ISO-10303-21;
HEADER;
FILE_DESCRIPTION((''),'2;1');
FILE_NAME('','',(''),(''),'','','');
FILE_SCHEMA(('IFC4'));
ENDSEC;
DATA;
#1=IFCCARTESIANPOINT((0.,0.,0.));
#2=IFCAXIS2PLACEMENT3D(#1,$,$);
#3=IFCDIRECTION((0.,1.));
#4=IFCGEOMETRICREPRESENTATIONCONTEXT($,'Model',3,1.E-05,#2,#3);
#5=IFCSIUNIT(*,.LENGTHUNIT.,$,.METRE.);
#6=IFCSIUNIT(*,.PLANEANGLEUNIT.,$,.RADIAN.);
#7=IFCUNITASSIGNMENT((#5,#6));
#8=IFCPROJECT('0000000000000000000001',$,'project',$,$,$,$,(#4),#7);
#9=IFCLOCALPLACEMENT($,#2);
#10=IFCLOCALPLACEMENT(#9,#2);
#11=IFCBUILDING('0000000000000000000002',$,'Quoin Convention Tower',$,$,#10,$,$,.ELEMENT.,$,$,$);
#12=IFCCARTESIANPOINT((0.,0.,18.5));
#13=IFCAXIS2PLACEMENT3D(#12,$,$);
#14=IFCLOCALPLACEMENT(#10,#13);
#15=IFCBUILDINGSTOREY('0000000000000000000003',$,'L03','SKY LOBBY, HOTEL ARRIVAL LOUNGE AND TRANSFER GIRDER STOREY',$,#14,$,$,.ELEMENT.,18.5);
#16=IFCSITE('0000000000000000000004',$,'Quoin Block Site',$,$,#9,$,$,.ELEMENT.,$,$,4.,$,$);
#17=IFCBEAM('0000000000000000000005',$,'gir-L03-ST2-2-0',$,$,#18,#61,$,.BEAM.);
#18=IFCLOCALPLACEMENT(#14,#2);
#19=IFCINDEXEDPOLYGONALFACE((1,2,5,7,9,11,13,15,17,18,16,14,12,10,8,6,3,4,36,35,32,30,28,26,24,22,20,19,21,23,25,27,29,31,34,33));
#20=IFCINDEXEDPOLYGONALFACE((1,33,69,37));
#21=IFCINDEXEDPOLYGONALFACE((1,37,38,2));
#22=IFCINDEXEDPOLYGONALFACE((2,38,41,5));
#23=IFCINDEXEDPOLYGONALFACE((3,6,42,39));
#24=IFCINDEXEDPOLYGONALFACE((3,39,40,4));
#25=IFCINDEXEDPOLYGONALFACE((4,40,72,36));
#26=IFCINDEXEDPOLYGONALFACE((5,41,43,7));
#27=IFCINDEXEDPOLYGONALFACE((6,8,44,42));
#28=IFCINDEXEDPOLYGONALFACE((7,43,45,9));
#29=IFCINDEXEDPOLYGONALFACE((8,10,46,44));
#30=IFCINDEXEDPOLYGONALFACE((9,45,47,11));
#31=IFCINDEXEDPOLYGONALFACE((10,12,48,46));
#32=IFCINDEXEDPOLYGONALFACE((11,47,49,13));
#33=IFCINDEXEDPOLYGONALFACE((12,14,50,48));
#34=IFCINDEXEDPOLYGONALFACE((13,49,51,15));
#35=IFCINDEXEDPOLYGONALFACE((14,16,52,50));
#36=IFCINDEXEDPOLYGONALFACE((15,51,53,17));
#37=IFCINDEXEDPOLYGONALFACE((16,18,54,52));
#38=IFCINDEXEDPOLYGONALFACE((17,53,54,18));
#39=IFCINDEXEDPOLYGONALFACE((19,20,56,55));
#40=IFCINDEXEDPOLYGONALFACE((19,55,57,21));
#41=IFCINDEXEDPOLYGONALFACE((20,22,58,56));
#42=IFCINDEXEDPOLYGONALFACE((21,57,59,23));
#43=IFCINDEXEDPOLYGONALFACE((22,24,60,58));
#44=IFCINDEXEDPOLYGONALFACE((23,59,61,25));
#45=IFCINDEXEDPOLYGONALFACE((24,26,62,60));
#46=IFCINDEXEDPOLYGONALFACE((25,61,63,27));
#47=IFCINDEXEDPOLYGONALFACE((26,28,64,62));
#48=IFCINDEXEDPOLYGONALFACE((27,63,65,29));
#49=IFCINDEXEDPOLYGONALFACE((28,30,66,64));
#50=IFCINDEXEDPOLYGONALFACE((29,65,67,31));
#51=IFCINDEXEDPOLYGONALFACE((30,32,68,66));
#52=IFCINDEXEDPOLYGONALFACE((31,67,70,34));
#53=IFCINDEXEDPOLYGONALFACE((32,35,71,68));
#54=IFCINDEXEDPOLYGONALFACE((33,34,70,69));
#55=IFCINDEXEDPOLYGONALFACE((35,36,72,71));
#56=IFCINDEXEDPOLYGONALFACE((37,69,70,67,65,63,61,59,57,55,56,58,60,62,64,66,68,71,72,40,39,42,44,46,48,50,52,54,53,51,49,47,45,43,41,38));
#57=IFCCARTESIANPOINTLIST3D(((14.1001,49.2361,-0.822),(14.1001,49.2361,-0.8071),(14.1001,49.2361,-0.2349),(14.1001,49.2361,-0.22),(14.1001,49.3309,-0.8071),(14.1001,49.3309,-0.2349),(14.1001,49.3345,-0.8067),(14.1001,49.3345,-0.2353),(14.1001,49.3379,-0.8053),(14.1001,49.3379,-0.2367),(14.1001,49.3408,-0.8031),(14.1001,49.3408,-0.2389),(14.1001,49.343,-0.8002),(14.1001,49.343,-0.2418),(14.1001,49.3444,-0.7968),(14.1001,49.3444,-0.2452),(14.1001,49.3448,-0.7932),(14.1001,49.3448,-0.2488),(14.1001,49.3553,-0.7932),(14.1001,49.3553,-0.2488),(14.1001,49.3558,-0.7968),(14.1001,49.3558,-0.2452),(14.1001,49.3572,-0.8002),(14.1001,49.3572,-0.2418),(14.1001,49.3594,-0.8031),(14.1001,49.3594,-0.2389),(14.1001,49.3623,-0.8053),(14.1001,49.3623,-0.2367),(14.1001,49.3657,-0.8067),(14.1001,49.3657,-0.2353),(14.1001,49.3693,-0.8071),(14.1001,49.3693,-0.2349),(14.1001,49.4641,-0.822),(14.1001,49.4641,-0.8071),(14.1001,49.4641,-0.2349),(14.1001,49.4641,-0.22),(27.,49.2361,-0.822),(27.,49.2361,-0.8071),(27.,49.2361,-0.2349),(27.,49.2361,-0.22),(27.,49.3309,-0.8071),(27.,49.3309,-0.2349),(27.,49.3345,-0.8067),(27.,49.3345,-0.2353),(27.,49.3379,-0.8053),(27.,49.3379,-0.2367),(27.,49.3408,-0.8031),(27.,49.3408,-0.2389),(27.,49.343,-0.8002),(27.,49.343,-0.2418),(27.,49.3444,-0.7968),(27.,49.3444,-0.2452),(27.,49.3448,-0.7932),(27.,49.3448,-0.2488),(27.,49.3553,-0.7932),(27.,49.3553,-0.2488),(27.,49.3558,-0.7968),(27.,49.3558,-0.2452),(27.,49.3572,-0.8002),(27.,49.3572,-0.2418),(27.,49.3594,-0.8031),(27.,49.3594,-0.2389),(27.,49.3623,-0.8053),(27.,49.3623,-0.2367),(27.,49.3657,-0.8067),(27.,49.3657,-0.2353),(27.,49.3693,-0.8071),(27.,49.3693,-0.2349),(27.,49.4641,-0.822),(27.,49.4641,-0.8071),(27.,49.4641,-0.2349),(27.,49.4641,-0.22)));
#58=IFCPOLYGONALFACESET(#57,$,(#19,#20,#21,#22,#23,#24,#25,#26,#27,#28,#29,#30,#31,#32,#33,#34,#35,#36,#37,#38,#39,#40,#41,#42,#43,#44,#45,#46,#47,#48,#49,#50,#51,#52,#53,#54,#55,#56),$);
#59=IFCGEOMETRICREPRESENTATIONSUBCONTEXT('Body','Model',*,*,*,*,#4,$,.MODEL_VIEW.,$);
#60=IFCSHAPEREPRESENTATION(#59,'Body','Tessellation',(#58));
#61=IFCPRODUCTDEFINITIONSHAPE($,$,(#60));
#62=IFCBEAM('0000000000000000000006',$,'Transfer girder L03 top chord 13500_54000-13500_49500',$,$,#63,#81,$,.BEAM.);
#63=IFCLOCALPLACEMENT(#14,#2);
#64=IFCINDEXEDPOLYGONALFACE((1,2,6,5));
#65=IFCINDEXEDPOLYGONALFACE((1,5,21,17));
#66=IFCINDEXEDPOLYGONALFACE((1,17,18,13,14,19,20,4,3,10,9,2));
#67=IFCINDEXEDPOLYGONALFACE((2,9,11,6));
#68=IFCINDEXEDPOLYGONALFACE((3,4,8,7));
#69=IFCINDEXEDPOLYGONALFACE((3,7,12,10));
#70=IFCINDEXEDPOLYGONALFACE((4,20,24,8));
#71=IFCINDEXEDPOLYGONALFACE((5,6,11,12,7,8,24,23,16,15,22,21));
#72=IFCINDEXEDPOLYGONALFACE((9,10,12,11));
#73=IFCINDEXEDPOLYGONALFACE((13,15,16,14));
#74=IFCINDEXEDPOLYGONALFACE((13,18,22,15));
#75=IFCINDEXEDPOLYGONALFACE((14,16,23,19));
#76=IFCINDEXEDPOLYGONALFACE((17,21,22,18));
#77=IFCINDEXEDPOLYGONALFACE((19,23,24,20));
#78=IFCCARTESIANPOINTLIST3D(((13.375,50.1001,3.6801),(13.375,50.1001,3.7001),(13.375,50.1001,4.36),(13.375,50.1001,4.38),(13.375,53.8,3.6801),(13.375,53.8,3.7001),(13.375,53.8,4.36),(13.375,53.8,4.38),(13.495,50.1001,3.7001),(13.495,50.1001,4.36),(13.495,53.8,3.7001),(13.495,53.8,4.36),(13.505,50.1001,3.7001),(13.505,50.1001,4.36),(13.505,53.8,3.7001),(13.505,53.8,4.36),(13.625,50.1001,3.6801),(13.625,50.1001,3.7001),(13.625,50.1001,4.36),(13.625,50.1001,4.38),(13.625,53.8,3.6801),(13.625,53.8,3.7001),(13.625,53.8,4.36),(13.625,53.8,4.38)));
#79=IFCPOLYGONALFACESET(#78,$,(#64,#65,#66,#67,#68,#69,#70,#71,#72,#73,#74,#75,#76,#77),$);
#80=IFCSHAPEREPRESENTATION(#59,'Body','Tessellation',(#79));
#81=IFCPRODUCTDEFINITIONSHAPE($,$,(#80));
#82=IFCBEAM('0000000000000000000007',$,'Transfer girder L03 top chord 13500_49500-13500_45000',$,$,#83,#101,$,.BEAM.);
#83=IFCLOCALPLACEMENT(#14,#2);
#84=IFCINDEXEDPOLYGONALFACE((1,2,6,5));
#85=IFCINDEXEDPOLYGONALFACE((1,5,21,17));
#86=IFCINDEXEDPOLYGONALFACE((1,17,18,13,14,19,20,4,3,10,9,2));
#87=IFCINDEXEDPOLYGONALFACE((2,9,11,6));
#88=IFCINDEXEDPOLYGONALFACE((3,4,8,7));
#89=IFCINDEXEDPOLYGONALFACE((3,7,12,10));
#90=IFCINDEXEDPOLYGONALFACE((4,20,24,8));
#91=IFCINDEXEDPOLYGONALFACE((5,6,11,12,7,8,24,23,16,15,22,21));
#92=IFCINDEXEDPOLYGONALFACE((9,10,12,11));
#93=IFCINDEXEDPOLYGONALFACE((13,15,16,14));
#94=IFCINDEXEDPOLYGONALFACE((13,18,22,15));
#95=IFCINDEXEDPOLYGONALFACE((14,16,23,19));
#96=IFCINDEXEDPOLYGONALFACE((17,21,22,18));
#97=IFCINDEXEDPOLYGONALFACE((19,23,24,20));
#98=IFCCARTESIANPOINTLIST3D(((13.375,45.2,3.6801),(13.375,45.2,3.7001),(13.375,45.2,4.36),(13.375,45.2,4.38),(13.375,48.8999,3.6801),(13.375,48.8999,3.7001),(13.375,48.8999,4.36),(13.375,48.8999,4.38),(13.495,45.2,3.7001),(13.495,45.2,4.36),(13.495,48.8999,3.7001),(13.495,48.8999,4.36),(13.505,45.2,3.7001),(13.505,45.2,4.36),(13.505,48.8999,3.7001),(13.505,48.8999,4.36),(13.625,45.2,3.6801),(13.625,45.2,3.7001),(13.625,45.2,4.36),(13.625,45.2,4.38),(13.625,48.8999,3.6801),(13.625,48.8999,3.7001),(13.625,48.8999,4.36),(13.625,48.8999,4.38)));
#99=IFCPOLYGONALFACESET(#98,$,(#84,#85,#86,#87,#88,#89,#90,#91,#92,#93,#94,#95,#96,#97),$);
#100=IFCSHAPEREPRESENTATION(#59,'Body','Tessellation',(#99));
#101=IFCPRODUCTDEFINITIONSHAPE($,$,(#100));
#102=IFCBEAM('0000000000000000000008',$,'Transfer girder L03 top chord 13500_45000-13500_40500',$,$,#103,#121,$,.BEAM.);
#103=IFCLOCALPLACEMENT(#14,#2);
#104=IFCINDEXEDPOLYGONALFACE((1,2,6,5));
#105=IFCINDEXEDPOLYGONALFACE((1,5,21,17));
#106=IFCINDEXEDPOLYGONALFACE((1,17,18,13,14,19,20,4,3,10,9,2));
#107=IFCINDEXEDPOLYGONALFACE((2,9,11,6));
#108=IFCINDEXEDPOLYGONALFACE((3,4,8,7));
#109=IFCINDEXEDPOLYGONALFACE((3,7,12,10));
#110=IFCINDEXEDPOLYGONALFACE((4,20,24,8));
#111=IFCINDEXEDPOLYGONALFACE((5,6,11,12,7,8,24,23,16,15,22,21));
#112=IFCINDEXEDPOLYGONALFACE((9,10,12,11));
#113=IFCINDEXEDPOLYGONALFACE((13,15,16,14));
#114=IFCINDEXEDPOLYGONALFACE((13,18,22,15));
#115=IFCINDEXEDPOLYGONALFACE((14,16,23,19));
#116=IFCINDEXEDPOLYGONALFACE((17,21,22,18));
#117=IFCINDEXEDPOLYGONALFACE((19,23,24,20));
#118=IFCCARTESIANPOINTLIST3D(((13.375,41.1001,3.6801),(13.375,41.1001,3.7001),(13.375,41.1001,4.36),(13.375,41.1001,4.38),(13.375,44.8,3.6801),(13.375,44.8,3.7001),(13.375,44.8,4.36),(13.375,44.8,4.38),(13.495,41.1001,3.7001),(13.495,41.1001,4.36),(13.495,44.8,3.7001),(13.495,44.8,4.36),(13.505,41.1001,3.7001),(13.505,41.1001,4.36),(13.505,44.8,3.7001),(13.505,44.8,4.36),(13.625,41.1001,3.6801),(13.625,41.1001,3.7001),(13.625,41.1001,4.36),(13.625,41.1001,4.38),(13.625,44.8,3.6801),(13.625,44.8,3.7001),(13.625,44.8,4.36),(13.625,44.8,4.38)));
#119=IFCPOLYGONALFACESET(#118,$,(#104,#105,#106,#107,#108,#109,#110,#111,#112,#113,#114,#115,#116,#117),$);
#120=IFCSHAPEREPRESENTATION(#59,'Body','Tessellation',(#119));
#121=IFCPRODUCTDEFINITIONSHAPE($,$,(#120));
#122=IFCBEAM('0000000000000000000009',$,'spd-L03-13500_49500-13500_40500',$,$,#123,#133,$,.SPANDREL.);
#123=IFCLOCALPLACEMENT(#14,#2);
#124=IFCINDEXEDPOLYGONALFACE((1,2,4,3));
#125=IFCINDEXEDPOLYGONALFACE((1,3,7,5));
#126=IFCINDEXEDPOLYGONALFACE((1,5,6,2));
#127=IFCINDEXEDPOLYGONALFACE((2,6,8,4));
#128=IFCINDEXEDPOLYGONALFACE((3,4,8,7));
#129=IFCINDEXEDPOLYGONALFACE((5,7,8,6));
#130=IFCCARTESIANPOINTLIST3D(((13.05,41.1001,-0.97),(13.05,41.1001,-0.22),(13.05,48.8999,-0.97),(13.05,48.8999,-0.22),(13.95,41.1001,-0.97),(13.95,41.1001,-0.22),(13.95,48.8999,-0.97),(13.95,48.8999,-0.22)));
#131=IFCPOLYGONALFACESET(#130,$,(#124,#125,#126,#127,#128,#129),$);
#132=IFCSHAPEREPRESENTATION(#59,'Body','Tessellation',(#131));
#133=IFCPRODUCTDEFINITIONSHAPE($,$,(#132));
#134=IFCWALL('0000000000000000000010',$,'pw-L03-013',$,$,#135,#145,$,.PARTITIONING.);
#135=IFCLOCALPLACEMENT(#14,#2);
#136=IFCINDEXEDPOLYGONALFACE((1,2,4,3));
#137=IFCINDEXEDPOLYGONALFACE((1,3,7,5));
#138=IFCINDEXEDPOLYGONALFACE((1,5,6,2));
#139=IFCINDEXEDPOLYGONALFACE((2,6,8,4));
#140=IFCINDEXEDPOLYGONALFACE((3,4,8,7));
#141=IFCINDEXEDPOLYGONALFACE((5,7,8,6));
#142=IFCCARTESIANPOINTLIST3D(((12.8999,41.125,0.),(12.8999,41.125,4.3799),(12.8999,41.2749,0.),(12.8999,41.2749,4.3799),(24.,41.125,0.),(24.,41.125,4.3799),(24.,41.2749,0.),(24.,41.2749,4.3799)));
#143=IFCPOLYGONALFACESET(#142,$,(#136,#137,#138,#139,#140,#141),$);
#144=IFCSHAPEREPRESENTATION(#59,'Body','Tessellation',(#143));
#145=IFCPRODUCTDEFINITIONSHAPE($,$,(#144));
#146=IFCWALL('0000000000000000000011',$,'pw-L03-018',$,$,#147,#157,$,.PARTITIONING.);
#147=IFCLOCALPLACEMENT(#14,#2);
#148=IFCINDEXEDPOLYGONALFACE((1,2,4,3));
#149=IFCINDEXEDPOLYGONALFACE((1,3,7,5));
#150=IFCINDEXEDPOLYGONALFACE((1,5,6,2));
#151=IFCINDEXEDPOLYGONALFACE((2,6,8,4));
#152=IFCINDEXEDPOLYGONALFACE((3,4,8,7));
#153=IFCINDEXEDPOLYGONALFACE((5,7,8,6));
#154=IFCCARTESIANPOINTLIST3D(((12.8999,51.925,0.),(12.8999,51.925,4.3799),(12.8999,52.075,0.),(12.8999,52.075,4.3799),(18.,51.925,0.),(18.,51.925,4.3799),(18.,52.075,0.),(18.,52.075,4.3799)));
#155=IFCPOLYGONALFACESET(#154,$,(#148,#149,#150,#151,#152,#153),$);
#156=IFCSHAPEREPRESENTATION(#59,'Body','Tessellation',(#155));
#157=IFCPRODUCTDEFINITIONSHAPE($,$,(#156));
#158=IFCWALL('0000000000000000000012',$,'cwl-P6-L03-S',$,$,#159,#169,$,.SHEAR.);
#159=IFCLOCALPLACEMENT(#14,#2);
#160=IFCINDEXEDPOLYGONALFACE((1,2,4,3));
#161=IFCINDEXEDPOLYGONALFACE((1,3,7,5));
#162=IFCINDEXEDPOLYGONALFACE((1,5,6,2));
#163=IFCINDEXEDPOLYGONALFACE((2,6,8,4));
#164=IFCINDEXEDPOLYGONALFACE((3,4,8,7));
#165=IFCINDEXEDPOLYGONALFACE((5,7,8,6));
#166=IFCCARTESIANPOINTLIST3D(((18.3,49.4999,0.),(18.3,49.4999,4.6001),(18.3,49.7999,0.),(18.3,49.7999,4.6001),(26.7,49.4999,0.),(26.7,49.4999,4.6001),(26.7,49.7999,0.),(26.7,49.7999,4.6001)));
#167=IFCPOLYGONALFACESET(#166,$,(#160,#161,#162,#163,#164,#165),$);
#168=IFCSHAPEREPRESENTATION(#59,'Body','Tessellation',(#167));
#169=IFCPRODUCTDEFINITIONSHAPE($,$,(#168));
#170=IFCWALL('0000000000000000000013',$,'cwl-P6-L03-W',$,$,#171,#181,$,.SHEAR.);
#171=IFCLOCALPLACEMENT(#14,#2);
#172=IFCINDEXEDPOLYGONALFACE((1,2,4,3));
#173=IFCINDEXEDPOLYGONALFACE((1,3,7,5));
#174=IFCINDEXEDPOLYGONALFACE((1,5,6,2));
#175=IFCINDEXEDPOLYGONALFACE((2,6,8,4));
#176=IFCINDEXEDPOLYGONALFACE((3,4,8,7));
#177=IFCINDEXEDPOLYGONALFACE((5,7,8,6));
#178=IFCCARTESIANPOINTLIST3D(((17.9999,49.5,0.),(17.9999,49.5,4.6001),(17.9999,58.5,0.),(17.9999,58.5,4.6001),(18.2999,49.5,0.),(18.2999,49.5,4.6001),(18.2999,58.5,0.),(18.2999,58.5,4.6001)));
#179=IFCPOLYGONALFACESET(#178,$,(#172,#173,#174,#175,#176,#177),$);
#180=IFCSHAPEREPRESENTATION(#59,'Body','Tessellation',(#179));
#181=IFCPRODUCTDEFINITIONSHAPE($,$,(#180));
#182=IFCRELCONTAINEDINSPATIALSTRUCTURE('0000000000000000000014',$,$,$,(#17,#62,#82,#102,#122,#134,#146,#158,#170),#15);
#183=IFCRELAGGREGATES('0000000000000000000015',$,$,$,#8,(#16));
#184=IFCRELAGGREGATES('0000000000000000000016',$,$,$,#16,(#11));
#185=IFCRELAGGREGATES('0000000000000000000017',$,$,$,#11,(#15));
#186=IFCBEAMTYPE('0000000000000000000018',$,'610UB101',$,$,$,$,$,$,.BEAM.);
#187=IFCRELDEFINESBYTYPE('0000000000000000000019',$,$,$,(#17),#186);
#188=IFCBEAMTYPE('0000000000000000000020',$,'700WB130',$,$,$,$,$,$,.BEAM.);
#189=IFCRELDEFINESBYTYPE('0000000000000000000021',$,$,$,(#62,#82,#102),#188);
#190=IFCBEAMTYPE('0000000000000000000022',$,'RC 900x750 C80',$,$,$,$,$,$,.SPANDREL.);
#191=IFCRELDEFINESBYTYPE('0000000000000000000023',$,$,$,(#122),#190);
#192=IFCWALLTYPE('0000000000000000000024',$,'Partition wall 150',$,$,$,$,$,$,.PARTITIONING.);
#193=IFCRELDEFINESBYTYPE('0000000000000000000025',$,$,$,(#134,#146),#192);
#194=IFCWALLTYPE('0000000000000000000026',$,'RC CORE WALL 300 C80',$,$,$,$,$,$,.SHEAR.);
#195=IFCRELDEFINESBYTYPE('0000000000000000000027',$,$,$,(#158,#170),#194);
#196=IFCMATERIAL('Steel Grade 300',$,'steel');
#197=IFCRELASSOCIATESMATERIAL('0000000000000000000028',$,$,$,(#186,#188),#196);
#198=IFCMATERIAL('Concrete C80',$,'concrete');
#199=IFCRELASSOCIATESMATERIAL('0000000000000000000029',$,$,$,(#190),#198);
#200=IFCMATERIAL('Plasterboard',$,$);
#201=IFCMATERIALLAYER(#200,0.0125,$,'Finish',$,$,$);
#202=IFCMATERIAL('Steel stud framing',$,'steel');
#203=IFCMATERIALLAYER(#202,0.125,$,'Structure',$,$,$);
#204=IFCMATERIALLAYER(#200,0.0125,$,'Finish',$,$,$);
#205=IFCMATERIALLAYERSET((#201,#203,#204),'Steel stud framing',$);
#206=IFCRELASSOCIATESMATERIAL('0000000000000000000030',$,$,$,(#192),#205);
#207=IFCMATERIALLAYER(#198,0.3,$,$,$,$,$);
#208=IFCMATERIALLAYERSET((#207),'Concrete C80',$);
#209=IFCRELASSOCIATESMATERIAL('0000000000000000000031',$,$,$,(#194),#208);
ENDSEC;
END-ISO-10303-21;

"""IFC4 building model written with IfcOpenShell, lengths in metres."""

from ifc_helpers import new_model, si_unit, direction, frame, frame_2d, origin, origin_2d, place, context, subcontext, project, spatial, rectangle, i_section, extrude, material, layer, layer_set, material_profile, profile_set, type_object, element, save


model = new_model("IFC4")

# Units and contexts
model_context = context("Model", 3, precision=1e-05, world=origin(), true_north=direction((0.0, 1.0)))
body_context = subcontext(model_context, "Body", "Model", "MODEL_VIEW")
ifc_project = project(units=[si_unit("LENGTHUNIT", "METRE"), si_unit("PLANEANGLEUNIT", "RADIAN")], contexts=[model_context])

# Site, building, storey
site_placement = place(None, origin())
site = spatial("IfcSite", under=ifc_project, at=site_placement, Name="Quoin Block Site", CompositionType="ELEMENT", RefElevation=4.0)
building_placement = place(site_placement, origin())
building = spatial("IfcBuilding", under=site, at=building_placement, Name="Quoin Convention Tower", CompositionType="ELEMENT")
storey_placement = place(building_placement, frame((0.0, 0.0, 18.5)))
storey = spatial("IfcBuildingStorey", under=building, at=storey_placement, Name="L03", Description="SKY LOBBY, HOTEL ARRIVAL LOUNGE AND TRANSFER GIRDER STOREY", CompositionType="ELEMENT", Elevation=18.5)

# Shared definitions
ifc_material_1 = material(Name="Concrete C80", Category="concrete")

# Shared definitions
ifc_material_2 = material(Name="Steel Grade 300", Category="steel")

# Beams
ifc_material_profile_1 = material_profile(ifc_material_2, i_section(OverallWidth=0.228, OverallDepth=0.6021, WebThickness=0.0105, FlangeThickness=0.0149, FilletRadius=0.0139, at=origin_2d()), Name="610UB101")
ifc_profile_set_1 = profile_set([ifc_material_profile_1], Name="Steel Grade 300")
beam_type_1 = type_object("IfcBeamType", Name="610UB101", PredefinedType="BEAM", material=ifc_profile_set_1)
beam_1_placement = place(storey_placement, frame((14.1001, 49.3501, -0.521), z_axis=(1.0, 0.0, 0.0), x_axis=(0.0, 1.0, 0.0)))
element("IfcBeam", 1, at=beam_1_placement, inside=storey, type_object=beam_type_1, Name="gir-L03-ST2-2-0", PredefinedType="BEAM", context=body_context, shape_type="SweptSolid", body=[
    extrude(i_section(OverallWidth=0.228, OverallDepth=0.6021, WebThickness=0.0105, FlangeThickness=0.0149, FilletRadius=0.0139, at=origin_2d()), origin(), (0.0, 0.0, 1.0), 12.8999),
])
ifc_material_profile_2 = material_profile(ifc_material_2, i_section(OverallWidth=0.25, OverallDepth=0.7, WebThickness=0.01, FlangeThickness=0.02, at=origin_2d()), Name="700WB130")
ifc_profile_set_2 = profile_set([ifc_material_profile_2], Name="Steel Grade 300")
beam_type_2 = type_object("IfcBeamType", Name="700WB130", PredefinedType="BEAM", material=ifc_profile_set_2)
for number, where, z_axis, x_axis, name in (
    (2, (13.5, 53.8, 4.03), (0.0, -1.0, 0.0), (1.0, 0.0, 0.0), "Transfer girder L03 top chord 13500_54000-13500_49500"),
    (3, (13.5, 48.8999, 4.03), (0.0, -1.0, 0.0), (1.0, 0.0, 0.0), "Transfer girder L03 top chord 13500_49500-13500_45000"),
    (4, (13.5, 44.8, 4.03), (0.0, -1.0, 0.0), (1.0, 0.0, 0.0), "Transfer girder L03 top chord 13500_45000-13500_40500"),
):
    element("IfcBeam", number, at=place(storey_placement, frame(where, z_axis=z_axis, x_axis=x_axis)), inside=storey, type_object=beam_type_2, Name=name, PredefinedType="BEAM", context=body_context, shape_type="SweptSolid", body=[
        extrude(i_section(OverallWidth=0.25, OverallDepth=0.7, WebThickness=0.01, FlangeThickness=0.02, at=origin_2d()), origin(), (0.0, 0.0, 1.0), 3.7),
    ])
ifc_material_profile_3 = material_profile(ifc_material_1, rectangle(XDim=0.8999, YDim=0.75, at=origin_2d()), Name="RC 900x750")
ifc_profile_set_3 = profile_set([ifc_material_profile_3], Name="Concrete C80")
beam_type_3 = type_object("IfcBeamType", Name="RC 900x750 C80", PredefinedType="SPANDREL", material=ifc_profile_set_3)
beam_2_placement = place(storey_placement, frame((13.5, 48.8999, -0.595), z_axis=(0.0, -1.0, 0.0), x_axis=(1.0, 0.0, 0.0)))
element("IfcBeam", 5, at=beam_2_placement, inside=storey, type_object=beam_type_3, Name="spd-L03-13500_49500-13500_40500", PredefinedType="SPANDREL", context=body_context, shape_type="SweptSolid", body=[
    extrude(rectangle(XDim=0.8999, YDim=0.75, at=origin_2d()), origin(), (0.0, 0.0, 1.0), 7.7998),
])

# Walls
ifc_material_3 = material(Name="Plasterboard")
ifc_layer_1 = layer(ifc_material_3, 0.0125, Name="Finish")
ifc_material_4 = material(Name="Steel stud framing", Category="steel")
ifc_layer_2 = layer(ifc_material_4, 0.125, Name="Structure")
ifc_layer_3 = layer(ifc_material_3, 0.0125, Name="Finish")
ifc_layer_set_1 = layer_set([ifc_layer_1, ifc_layer_2, ifc_layer_3], Name="Steel stud framing")
wall_type_1 = type_object("IfcWallType", Name="Partition wall 150", PredefinedType="PARTITIONING", material=ifc_layer_set_1)
wall_1_placement = place(storey_placement, frame((12.8999, 41.2, 0.0), z_axis=(0.0, 0.0, 1.0), x_axis=(1.0, 0.0, 0.0)))
element("IfcWall", 6, at=wall_1_placement, inside=storey, type_object=wall_type_1, Name="pw-L03-013", PredefinedType="PARTITIONING", context=body_context, shape_type="SweptSolid", body=[
    extrude(rectangle(XDim=11.1001, YDim=0.1499, at=frame_2d((5.55, 0.0))), origin(), (0.0, 0.0, 1.0), 4.3799),
])
wall_2_placement = place(storey_placement, frame((12.8999, 52.0, 0.0), z_axis=(0.0, 0.0, 1.0), x_axis=(1.0, 0.0, 0.0)))
element("IfcWall", 7, at=wall_2_placement, inside=storey, type_object=wall_type_1, Name="pw-L03-018", PredefinedType="PARTITIONING", context=body_context, shape_type="SweptSolid", body=[
    extrude(rectangle(XDim=5.1001, YDim=0.1499, at=frame_2d((2.55, 0.0))), origin(), (0.0, 0.0, 1.0), 4.3799),
])
ifc_layer_4 = layer(ifc_material_1, 0.3)
ifc_layer_set_2 = layer_set([ifc_layer_4], Name="Concrete C80")
wall_type_2 = type_object("IfcWallType", Name="RC CORE WALL 300 C80", PredefinedType="SHEAR", material=ifc_layer_set_2)
wall_3_placement = place(storey_placement, frame((18.3, 49.6499, 0.0), z_axis=(0.0, 0.0, 1.0), x_axis=(1.0, 0.0, 0.0)))
element("IfcWall", 8, at=wall_3_placement, inside=storey, type_object=wall_type_2, Name="cwl-P6-L03-S", PredefinedType="SHEAR", context=body_context, shape_type="SweptSolid", body=[
    extrude(rectangle(XDim=8.3999, YDim=0.3, at=frame_2d((4.2, 0.0))), origin(), (0.0, 0.0, 1.0), 4.6001),
])
wall_4_placement = place(storey_placement, frame((18.1499, 49.5, 0.0), z_axis=(0.0, 0.0, 1.0), x_axis=(0.0, 1.0, 0.0)))
element("IfcWall", 9, at=wall_4_placement, inside=storey, type_object=wall_type_2, Name="cwl-P6-L03-W", PredefinedType="SHEAR", context=body_context, shape_type="SweptSolid", body=[
    extrude(rectangle(XDim=9.0, YDim=0.3, at=frame_2d((4.5, 0.0))), origin(), (0.0, 0.0, 1.0), 4.6001),
])

save(model, "model.ifc")
